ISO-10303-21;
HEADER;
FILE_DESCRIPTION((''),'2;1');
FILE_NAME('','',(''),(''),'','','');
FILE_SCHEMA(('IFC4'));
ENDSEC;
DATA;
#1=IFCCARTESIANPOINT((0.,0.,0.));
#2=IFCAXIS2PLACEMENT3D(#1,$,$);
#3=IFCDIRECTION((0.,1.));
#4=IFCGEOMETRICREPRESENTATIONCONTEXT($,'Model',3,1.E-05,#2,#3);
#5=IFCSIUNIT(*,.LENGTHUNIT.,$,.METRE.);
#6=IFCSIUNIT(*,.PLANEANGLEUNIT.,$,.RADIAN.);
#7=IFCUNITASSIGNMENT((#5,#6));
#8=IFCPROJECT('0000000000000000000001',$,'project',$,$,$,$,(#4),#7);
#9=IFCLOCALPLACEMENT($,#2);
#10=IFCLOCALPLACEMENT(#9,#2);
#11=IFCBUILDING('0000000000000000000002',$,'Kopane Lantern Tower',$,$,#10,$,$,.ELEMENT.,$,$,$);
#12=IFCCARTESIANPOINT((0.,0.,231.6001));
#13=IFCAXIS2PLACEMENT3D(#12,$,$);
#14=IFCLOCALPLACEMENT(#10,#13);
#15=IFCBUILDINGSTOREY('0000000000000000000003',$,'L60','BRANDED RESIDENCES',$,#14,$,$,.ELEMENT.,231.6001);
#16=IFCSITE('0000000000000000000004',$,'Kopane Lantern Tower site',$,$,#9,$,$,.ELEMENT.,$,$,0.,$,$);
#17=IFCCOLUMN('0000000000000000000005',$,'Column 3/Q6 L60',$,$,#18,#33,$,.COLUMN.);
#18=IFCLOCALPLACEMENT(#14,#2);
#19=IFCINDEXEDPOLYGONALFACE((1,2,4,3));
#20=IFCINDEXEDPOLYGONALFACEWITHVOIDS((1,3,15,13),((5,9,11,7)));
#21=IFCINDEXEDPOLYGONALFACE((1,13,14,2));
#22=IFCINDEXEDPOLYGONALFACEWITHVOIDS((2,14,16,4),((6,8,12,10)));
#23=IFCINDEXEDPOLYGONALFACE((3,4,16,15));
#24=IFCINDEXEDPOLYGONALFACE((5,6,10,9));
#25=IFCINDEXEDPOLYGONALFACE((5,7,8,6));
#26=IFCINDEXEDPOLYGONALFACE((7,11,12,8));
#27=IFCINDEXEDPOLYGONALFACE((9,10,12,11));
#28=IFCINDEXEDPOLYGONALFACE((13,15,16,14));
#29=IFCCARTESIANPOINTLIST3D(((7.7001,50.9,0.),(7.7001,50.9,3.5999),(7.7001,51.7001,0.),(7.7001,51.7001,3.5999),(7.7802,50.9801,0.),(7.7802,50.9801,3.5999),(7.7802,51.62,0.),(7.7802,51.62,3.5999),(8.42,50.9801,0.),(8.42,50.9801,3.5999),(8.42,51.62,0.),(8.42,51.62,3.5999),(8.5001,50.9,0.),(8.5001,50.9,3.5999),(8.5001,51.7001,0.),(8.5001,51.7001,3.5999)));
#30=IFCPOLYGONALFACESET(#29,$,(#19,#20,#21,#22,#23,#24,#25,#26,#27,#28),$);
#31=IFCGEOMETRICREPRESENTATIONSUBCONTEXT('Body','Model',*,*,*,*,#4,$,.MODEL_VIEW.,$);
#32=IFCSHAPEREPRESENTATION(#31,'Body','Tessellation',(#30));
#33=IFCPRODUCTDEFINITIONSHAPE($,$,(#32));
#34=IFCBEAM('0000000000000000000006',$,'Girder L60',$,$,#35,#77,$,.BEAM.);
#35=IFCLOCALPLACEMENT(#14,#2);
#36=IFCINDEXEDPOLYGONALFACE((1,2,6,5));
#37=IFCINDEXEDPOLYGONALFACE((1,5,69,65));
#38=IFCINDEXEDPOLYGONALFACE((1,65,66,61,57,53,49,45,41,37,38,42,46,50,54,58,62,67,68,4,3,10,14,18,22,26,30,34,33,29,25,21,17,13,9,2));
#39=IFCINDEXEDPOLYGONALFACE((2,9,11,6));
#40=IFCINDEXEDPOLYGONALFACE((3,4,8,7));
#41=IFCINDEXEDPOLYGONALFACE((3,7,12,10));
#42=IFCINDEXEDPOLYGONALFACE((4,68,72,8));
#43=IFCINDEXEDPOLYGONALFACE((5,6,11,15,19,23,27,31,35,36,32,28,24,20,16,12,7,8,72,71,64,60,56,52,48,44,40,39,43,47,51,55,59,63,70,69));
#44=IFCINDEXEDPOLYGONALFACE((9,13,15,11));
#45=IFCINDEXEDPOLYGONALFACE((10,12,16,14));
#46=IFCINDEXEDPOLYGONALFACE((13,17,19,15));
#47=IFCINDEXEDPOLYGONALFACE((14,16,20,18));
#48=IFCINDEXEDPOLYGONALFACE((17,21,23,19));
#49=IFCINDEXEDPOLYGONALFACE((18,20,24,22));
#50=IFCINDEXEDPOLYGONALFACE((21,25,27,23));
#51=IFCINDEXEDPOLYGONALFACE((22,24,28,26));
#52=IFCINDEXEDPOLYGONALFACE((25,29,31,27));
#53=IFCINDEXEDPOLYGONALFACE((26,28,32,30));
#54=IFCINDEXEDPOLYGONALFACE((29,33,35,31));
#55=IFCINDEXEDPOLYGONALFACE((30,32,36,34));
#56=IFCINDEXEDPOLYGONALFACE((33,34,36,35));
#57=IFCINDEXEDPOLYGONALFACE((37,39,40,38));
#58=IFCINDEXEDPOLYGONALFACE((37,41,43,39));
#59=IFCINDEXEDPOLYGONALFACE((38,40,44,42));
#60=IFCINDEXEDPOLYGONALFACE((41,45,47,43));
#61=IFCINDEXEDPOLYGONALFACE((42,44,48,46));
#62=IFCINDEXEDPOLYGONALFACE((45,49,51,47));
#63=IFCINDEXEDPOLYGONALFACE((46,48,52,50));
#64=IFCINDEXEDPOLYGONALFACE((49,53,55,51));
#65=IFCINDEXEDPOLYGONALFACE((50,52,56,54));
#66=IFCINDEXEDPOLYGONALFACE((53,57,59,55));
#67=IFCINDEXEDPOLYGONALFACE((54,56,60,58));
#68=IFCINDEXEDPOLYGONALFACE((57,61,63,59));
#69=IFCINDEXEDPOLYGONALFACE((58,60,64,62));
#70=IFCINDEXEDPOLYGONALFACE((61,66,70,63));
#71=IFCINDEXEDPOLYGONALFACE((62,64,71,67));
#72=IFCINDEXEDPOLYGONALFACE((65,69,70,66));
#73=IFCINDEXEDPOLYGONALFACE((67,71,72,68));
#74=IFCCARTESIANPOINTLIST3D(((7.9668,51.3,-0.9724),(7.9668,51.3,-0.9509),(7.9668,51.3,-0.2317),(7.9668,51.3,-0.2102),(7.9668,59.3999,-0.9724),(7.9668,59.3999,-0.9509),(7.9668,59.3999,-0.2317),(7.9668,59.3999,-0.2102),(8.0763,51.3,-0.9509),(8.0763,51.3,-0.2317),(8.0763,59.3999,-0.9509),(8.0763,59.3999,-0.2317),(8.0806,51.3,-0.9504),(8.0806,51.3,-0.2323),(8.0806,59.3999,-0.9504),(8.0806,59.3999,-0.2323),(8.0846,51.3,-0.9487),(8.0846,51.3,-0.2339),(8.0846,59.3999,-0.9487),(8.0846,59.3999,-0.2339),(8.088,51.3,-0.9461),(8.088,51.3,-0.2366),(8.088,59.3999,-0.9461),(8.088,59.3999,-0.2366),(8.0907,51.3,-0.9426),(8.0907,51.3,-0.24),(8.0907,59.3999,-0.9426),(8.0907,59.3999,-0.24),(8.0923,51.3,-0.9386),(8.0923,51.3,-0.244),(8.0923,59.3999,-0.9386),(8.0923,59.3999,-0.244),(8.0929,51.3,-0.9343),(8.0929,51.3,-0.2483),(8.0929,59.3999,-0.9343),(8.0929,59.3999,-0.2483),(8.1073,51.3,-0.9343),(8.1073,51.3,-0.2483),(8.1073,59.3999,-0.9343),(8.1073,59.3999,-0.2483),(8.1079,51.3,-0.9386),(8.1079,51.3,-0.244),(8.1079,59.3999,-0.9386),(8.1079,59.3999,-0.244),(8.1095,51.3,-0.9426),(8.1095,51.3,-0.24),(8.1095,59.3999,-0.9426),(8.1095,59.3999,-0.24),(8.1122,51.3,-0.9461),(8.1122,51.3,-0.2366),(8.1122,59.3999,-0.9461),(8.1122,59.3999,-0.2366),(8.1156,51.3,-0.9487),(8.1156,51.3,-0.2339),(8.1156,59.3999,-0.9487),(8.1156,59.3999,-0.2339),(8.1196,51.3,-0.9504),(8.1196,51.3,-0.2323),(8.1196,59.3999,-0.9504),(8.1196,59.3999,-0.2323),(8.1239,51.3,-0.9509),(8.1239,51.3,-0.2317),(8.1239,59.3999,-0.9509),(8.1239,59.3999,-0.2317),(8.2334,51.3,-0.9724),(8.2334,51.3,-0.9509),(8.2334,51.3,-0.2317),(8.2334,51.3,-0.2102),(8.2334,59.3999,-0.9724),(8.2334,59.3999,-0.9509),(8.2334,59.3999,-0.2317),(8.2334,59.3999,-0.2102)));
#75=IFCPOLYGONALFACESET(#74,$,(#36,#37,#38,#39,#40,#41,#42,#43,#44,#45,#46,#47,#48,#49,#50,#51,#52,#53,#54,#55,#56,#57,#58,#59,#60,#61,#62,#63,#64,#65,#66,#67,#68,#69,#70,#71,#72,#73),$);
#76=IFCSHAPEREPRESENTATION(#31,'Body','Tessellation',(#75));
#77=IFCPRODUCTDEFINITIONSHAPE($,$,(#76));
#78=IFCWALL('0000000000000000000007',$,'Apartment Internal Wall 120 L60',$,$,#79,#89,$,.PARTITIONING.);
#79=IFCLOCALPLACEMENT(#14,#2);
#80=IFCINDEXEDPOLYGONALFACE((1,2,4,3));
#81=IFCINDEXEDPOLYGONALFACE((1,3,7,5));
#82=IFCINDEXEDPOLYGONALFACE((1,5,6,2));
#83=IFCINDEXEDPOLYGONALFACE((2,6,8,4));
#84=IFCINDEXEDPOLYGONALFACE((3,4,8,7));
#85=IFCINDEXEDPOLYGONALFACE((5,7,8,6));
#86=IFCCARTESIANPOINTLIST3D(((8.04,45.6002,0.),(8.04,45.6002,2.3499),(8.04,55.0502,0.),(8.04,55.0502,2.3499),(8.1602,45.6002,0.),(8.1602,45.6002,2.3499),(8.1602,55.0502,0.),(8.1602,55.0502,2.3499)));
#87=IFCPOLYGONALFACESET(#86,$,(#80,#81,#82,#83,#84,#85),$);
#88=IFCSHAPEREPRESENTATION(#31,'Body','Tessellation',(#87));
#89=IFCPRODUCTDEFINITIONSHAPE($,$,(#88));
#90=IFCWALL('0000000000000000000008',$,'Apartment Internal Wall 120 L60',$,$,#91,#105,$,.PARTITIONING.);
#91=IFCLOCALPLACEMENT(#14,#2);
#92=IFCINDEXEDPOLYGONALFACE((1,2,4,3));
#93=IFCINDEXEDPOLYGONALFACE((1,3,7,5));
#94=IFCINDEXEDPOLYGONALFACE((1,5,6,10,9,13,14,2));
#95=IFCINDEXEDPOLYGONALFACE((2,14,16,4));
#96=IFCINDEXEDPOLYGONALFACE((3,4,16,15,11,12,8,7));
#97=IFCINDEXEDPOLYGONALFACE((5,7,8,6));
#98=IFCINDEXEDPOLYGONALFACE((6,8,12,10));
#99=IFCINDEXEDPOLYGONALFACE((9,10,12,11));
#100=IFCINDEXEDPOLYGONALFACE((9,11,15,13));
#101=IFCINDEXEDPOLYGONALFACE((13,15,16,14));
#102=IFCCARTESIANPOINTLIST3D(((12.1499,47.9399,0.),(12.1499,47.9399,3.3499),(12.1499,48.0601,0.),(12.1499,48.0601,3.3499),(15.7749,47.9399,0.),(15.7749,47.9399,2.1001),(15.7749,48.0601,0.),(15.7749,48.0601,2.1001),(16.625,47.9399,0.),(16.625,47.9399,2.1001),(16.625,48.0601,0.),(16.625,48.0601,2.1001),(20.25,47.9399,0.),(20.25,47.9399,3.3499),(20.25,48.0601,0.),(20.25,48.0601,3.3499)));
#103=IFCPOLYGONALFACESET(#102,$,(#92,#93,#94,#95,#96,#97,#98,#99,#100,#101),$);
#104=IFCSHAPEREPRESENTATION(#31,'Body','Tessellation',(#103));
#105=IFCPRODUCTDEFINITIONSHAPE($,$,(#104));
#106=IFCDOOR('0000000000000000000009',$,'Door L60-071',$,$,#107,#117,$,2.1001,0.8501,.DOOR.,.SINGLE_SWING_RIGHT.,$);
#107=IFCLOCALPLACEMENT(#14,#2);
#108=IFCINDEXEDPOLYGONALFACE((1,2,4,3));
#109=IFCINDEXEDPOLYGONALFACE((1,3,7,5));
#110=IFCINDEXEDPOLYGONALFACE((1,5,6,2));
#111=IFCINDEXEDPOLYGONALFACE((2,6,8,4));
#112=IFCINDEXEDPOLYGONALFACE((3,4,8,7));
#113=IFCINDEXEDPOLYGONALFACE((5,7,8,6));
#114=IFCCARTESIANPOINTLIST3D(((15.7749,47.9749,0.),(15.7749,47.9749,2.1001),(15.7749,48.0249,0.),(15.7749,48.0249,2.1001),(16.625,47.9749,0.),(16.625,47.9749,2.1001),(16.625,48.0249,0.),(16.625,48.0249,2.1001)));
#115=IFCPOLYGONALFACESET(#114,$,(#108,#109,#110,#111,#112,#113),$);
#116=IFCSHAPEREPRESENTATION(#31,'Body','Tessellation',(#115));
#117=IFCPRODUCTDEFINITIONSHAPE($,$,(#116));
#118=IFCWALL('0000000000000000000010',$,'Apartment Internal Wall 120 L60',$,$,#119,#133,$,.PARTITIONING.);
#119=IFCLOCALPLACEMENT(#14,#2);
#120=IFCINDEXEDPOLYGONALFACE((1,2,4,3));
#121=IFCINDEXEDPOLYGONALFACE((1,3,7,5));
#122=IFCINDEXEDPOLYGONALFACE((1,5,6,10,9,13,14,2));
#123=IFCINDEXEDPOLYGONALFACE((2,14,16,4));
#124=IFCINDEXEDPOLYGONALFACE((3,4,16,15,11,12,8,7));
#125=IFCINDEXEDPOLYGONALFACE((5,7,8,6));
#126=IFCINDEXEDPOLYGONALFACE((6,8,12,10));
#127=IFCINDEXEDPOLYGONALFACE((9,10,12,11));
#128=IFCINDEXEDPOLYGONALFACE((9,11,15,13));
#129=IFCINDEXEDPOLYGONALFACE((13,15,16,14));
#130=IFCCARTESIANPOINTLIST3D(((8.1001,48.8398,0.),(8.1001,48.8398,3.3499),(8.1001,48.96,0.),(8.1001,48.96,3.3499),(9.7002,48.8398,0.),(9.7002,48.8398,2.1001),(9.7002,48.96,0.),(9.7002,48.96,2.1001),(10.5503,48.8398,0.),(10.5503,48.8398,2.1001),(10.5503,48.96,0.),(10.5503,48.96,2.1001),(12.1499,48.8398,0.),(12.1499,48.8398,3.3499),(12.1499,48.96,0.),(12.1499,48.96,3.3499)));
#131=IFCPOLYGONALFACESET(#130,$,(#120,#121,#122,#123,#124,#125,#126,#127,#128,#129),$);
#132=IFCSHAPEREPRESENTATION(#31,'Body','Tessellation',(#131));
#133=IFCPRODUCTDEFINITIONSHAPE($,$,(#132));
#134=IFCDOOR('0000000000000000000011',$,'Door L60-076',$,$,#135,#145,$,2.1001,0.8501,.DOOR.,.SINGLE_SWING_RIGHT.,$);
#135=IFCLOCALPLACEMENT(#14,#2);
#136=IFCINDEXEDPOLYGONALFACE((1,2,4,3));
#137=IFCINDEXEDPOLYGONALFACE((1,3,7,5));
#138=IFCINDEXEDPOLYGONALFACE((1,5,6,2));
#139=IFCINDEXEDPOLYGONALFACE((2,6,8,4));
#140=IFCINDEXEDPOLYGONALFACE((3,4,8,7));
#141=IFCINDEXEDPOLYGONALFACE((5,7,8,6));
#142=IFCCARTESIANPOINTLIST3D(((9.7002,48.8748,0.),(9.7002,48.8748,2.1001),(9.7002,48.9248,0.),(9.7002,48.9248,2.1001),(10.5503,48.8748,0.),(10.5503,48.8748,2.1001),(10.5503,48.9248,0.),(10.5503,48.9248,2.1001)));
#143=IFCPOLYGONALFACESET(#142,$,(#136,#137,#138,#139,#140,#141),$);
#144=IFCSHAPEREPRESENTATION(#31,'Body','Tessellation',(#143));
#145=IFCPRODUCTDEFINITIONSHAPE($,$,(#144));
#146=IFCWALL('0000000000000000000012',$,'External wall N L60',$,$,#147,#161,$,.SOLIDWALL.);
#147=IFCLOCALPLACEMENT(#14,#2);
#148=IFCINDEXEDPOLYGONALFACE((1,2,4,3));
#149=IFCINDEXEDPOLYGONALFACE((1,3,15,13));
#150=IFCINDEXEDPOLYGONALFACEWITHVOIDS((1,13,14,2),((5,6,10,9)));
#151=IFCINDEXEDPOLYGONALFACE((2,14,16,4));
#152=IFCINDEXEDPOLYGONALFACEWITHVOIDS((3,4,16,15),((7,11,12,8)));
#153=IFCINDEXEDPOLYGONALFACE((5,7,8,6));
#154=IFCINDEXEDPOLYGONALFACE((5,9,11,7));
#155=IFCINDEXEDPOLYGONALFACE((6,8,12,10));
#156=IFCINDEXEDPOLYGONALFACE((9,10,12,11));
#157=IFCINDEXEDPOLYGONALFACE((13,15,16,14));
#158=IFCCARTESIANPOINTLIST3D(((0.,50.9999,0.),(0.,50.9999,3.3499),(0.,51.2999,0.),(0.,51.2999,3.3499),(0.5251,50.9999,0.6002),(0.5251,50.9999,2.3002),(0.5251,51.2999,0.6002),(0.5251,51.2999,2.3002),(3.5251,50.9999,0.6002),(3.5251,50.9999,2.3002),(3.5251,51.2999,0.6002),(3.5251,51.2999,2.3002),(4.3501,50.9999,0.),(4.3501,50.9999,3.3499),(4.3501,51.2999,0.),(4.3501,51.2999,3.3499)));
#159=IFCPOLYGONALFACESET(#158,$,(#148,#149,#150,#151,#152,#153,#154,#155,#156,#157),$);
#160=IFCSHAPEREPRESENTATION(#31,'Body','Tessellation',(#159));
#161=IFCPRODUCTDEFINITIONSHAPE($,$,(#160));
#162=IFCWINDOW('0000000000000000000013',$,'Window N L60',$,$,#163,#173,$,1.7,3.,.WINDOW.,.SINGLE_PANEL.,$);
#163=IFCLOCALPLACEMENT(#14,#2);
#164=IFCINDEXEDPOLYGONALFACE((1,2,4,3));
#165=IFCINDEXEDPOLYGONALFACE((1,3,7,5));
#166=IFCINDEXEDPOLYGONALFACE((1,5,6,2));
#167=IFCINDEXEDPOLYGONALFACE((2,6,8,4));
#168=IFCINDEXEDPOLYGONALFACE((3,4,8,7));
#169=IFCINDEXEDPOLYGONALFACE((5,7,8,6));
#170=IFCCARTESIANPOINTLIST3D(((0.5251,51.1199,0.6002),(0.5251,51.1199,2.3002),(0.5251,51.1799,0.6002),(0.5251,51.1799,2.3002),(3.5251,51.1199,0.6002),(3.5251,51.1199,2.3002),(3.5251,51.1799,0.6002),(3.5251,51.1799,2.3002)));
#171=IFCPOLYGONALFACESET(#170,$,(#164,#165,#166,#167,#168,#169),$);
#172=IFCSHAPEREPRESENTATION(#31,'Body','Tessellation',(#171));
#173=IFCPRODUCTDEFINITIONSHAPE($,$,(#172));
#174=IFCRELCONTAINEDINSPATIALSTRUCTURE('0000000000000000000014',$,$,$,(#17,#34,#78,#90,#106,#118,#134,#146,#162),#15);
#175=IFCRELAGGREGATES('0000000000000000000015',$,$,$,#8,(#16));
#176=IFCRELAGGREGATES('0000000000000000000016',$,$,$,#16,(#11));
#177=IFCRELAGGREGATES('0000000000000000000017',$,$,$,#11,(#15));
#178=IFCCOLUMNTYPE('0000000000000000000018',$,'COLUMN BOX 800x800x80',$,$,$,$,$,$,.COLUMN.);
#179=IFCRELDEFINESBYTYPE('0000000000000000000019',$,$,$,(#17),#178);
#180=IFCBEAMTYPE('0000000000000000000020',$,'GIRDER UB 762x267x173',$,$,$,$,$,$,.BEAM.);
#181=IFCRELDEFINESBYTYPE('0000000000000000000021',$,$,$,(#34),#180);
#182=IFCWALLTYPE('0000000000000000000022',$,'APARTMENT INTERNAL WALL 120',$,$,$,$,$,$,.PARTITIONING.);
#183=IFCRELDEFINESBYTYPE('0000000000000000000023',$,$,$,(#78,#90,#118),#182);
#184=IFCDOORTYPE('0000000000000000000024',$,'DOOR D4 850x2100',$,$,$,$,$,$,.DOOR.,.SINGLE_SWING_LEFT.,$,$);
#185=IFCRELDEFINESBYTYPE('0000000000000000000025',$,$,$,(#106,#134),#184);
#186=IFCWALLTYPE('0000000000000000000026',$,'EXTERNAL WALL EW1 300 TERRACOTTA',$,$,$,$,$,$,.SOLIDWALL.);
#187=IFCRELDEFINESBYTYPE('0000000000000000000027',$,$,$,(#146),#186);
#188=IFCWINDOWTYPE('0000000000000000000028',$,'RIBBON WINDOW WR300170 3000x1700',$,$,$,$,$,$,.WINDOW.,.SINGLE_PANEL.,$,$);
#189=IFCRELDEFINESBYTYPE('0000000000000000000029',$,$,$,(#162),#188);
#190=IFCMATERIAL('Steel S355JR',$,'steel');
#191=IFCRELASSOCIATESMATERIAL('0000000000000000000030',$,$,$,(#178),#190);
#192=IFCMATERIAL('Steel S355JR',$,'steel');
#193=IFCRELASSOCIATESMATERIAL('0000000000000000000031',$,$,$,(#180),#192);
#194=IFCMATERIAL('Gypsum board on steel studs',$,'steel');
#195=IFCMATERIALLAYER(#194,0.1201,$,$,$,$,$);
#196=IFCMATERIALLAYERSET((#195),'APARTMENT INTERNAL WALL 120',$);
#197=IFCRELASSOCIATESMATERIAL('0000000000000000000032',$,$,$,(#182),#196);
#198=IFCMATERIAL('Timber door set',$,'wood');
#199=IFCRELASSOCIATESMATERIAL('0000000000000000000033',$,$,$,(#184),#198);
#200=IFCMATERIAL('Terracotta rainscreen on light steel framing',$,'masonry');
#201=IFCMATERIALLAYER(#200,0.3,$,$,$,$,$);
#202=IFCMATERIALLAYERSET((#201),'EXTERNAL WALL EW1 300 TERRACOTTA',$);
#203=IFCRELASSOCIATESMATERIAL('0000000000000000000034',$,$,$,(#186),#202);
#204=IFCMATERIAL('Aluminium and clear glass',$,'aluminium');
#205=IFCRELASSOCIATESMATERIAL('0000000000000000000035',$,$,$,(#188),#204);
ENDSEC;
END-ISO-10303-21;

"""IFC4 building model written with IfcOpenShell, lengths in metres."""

from ifc_helpers import new_model, si_unit, direction, frame, frame_2d, origin, origin_2d, place, context, subcontext, project, spatial, rectangle, hollow_rectangle, i_section, extrude, material, layer, layer_set, material_profile, profile_set, type_object, element, fill, save


model = new_model("IFC4")

# Units and contexts
model_context = context("Model", 3, precision=1e-05, world=origin(), true_north=direction((0.0, 1.0)))
body_context = subcontext(model_context, "Body", "Model", "MODEL_VIEW")
ifc_project = project(units=[si_unit("LENGTHUNIT", "METRE"), si_unit("PLANEANGLEUNIT", "RADIAN")], contexts=[model_context])

# Site, building, storey
site_placement = place(None, origin())
site = spatial("IfcSite", under=ifc_project, at=site_placement, Name="Kopane Lantern Tower site", CompositionType="ELEMENT", RefElevation=0.0)
building_placement = place(site_placement, origin())
building = spatial("IfcBuilding", under=site, at=building_placement, Name="Kopane Lantern Tower", CompositionType="ELEMENT")
storey_placement = place(building_placement, frame((0.0, 0.0, 231.6001)))
storey = spatial("IfcBuildingStorey", under=building, at=storey_placement, Name="L60", Description="BRANDED RESIDENCES", CompositionType="ELEMENT", Elevation=231.6001)

# Column
ifc_material_1 = material(Name="Steel S355JR", Category="steel")
ifc_material_profile_1 = material_profile(ifc_material_1, hollow_rectangle(XDim=0.8, YDim=0.8, WallThickness=0.0801, at=origin_2d()), Name="BOX 800x800x80")
ifc_profile_set_1 = profile_set([ifc_material_profile_1], Name="Steel S355JR")
column_type = type_object("IfcColumnType", Name="COLUMN BOX 800x800x80", PredefinedType="COLUMN", material=ifc_profile_set_1)
column_placement = place(storey_placement, frame((8.1001, 51.3, 0.0), z_axis=(0.0, 0.0, 1.0), x_axis=(1.0, 0.0, 0.0)))
element("IfcColumn", 1, at=column_placement, inside=storey, type_object=column_type, Name="Column 3/Q6 L60", PredefinedType="COLUMN", context=body_context, shape_type="SweptSolid", body=[
    extrude(hollow_rectangle(XDim=0.8, YDim=0.8, WallThickness=0.0801, at=origin_2d()), origin(), (0.0, 0.0, 1.0), 3.5999),
])

# Beam
ifc_material_2 = material(Name="Steel S355JR", Category="steel")
ifc_material_profile_2 = material_profile(ifc_material_2, i_section(OverallWidth=0.2666, OverallDepth=0.7622, WebThickness=0.0144, FlangeThickness=0.0215, FilletRadius=0.0166, at=origin_2d()), Name="UB 762x267x173")
ifc_profile_set_2 = profile_set([ifc_material_profile_2], Name="Steel S355JR")
beam_type = type_object("IfcBeamType", Name="GIRDER UB 762x267x173", PredefinedType="BEAM", material=ifc_profile_set_2)
beam_placement = place(storey_placement, frame((8.1001, 51.3, -0.5913), z_axis=(0.0, 1.0, 0.0), x_axis=(-1.0, 0.0, 0.0)))
element("IfcBeam", 2, at=beam_placement, inside=storey, type_object=beam_type, Name="Girder L60", PredefinedType="BEAM", context=body_context, shape_type="SweptSolid", body=[
    extrude(i_section(OverallWidth=0.2666, OverallDepth=0.7622, WebThickness=0.0144, FlangeThickness=0.0215, FilletRadius=0.0166, at=origin_2d()), origin(), (0.0, 0.0, 1.0), 8.0999),
])

# Wall
ifc_material_3 = material(Name="Gypsum board on steel studs", Category="steel")
ifc_layer_1 = layer(ifc_material_3, 0.1201)
ifc_layer_set_1 = layer_set([ifc_layer_1], Name="APARTMENT INTERNAL WALL 120")
wall_type_1 = type_object("IfcWallType", Name="APARTMENT INTERNAL WALL 120", PredefinedType="PARTITIONING", material=ifc_layer_set_1)
wall_1_placement = place(storey_placement, frame((8.1001, 45.6001, 0.0), z_axis=(0.0, 0.0, 1.0), x_axis=(0.0, 1.0, 0.0)))
element("IfcWall", 3, at=wall_1_placement, inside=storey, type_object=wall_type_1, Name="Apartment Internal Wall 120 L60", PredefinedType="PARTITIONING", context=body_context, shape_type="SweptSolid", body=[
    extrude(rectangle(XDim=9.45, YDim=0.1201, at=frame_2d((4.7251, 0.0))), origin(), (0.0, 0.0, 1.0), 2.3499),
])

# Walls, openings, doors
wall_2_placement = place(storey_placement, frame((12.1499, 48.0, 0.0), z_axis=(0.0, 0.0, 1.0), x_axis=(1.0, 0.0, 0.0)))
wall_2 = element("IfcWall", 4, at=wall_2_placement, inside=storey, type_object=wall_type_1, Name="Apartment Internal Wall 120 L60", PredefinedType="PARTITIONING", context=body_context, shape_type="SweptSolid", body=[
    extrude(rectangle(XDim=8.1001, YDim=0.1201, at=frame_2d((4.05, 0.0))), origin(), (0.0, 0.0, 1.0), 3.3499),
])
opening_1_placement = place(wall_2_placement, frame((3.625, 0.0, 0.0)))
opening_1 = element("IfcOpeningElement", 5, at=opening_1_placement, cuts=wall_2, PredefinedType="OPENING", context=body_context, shape_type="SweptSolid", body=[
    extrude(rectangle(XDim=0.8501, YDim=2.1001, at=frame_2d((0.425, 1.05))), frame((0.0, 0.0701, 0.0), z_axis=(0.0, -1.0, 0.0), x_axis=(1.0, 0.0, 0.0)), (0.0, 0.0, 1.0), 0.1401),
])
ifc_material_4 = material(Name="Timber door set", Category="wood")
door_type = type_object("IfcDoorType", Name="DOOR D4 850x2100", OperationType="SINGLE_SWING_LEFT", PredefinedType="DOOR", material=ifc_material_4)
door_1_placement = place(opening_1_placement, origin())
door_1 = element("IfcDoor", 6, at=door_1_placement, inside=storey, type_object=door_type, Name="Door L60-071", OperationType="SINGLE_SWING_RIGHT", OverallHeight=2.1001, OverallWidth=0.8501, PredefinedType="DOOR", context=body_context, shape_type="SweptSolid", body=[
    extrude(rectangle(XDim=0.8501, YDim=2.1001, at=frame_2d((0.425, 1.05))), frame((0.0, 0.0249, 0.0), z_axis=(0.0, -1.0, 0.0), x_axis=(1.0, 0.0, 0.0)), (0.0, 0.0, 1.0), 0.05),
])
fill(opening_1, door_1)
wall_3_placement = place(storey_placement, frame((8.1001, 48.8999, 0.0), z_axis=(0.0, 0.0, 1.0), x_axis=(1.0, 0.0, 0.0)))
wall_3 = element("IfcWall", 7, at=wall_3_placement, inside=storey, type_object=wall_type_1, Name="Apartment Internal Wall 120 L60", PredefinedType="PARTITIONING", context=body_context, shape_type="SweptSolid", body=[
    extrude(rectangle(XDim=4.0498, YDim=0.1201, at=frame_2d((2.0249, 0.0))), origin(), (0.0, 0.0, 1.0), 3.3499),
])
opening_2_placement = place(wall_3_placement, frame((1.6001, 0.0, 0.0)))
opening_2 = element("IfcOpeningElement", 8, at=opening_2_placement, cuts=wall_3, PredefinedType="OPENING", context=body_context, shape_type="SweptSolid", body=[
    extrude(rectangle(XDim=0.8501, YDim=2.1001, at=frame_2d((0.425, 1.05))), frame((0.0, 0.0701, 0.0), z_axis=(0.0, -1.0, 0.0), x_axis=(1.0, 0.0, 0.0)), (0.0, 0.0, 1.0), 0.1401),
])
door_2_placement = place(opening_2_placement, origin())
door_2 = element("IfcDoor", 9, at=door_2_placement, inside=storey, type_object=door_type, Name="Door L60-076", OperationType="SINGLE_SWING_RIGHT", OverallHeight=2.1001, OverallWidth=0.8501, PredefinedType="DOOR", context=body_context, shape_type="SweptSolid", body=[
    extrude(rectangle(XDim=0.8501, YDim=2.1001, at=frame_2d((0.425, 1.05))), frame((0.0, 0.0249, 0.0), z_axis=(0.0, -1.0, 0.0), x_axis=(1.0, 0.0, 0.0)), (0.0, 0.0, 1.0), 0.05),
])
fill(opening_2, door_2)

# Wall, opening, window
ifc_material_5 = material(Name="Terracotta rainscreen on light steel framing", Category="masonry")
ifc_layer_2 = layer(ifc_material_5, 0.3)
ifc_layer_set_2 = layer_set([ifc_layer_2], Name="EXTERNAL WALL EW1 300 TERRACOTTA")
wall_type_2 = type_object("IfcWallType", Name="EXTERNAL WALL EW1 300 TERRACOTTA", PredefinedType="SOLIDWALL", material=ifc_layer_set_2)
wall_4_placement = place(storey_placement, frame((4.3501, 51.1499, 0.0), z_axis=(0.0, 0.0, 1.0), x_axis=(-1.0, 0.0, 0.0)))
wall_4 = element("IfcWall", 10, at=wall_4_placement, inside=storey, type_object=wall_type_2, Name="External wall N L60", PredefinedType="SOLIDWALL", context=body_context, shape_type="SweptSolid", body=[
    extrude(rectangle(XDim=4.3501, YDim=0.3, at=frame_2d((2.175, 0.0))), origin(), (0.0, 0.0, 1.0), 3.3499),
])
opening_3_placement = place(wall_4_placement, frame((0.825, 0.0, 0.6001)))
opening_3 = element("IfcOpeningElement", 11, at=opening_3_placement, cuts=wall_4, PredefinedType="OPENING", context=body_context, shape_type="SweptSolid", body=[
    extrude(rectangle(XDim=3.0, YDim=1.7, at=frame_2d((1.5, 0.8501))), frame((0.0, 0.1599, 0.0), z_axis=(0.0, -1.0, 0.0), x_axis=(1.0, 0.0, 0.0)), (0.0, 0.0, 1.0), 0.3201),
])
ifc_material_6 = material(Name="Aluminium and clear glass", Category="aluminium")
window_type = type_object("IfcWindowType", Name="RIBBON WINDOW WR300170 3000x1700", PartitioningType="SINGLE_PANEL", PredefinedType="WINDOW", material=ifc_material_6)
window_placement = place(opening_3_placement, origin())
window = element("IfcWindow", 12, at=window_placement, inside=storey, type_object=window_type, Name="Window N L60", OverallHeight=1.7, OverallWidth=3.0, PartitioningType="SINGLE_PANEL", PredefinedType="WINDOW", context=body_context, shape_type="SweptSolid", body=[
    extrude(rectangle(XDim=3.0, YDim=1.7, at=frame_2d((1.5, 0.8501))), frame((0.0, 0.03, 0.0), z_axis=(0.0, -1.0, 0.0), x_axis=(1.0, 0.0, 0.0)), (0.0, 0.0, 1.0), 0.0601),
])
fill(opening_3, window)

save(model, "model.ifc")
